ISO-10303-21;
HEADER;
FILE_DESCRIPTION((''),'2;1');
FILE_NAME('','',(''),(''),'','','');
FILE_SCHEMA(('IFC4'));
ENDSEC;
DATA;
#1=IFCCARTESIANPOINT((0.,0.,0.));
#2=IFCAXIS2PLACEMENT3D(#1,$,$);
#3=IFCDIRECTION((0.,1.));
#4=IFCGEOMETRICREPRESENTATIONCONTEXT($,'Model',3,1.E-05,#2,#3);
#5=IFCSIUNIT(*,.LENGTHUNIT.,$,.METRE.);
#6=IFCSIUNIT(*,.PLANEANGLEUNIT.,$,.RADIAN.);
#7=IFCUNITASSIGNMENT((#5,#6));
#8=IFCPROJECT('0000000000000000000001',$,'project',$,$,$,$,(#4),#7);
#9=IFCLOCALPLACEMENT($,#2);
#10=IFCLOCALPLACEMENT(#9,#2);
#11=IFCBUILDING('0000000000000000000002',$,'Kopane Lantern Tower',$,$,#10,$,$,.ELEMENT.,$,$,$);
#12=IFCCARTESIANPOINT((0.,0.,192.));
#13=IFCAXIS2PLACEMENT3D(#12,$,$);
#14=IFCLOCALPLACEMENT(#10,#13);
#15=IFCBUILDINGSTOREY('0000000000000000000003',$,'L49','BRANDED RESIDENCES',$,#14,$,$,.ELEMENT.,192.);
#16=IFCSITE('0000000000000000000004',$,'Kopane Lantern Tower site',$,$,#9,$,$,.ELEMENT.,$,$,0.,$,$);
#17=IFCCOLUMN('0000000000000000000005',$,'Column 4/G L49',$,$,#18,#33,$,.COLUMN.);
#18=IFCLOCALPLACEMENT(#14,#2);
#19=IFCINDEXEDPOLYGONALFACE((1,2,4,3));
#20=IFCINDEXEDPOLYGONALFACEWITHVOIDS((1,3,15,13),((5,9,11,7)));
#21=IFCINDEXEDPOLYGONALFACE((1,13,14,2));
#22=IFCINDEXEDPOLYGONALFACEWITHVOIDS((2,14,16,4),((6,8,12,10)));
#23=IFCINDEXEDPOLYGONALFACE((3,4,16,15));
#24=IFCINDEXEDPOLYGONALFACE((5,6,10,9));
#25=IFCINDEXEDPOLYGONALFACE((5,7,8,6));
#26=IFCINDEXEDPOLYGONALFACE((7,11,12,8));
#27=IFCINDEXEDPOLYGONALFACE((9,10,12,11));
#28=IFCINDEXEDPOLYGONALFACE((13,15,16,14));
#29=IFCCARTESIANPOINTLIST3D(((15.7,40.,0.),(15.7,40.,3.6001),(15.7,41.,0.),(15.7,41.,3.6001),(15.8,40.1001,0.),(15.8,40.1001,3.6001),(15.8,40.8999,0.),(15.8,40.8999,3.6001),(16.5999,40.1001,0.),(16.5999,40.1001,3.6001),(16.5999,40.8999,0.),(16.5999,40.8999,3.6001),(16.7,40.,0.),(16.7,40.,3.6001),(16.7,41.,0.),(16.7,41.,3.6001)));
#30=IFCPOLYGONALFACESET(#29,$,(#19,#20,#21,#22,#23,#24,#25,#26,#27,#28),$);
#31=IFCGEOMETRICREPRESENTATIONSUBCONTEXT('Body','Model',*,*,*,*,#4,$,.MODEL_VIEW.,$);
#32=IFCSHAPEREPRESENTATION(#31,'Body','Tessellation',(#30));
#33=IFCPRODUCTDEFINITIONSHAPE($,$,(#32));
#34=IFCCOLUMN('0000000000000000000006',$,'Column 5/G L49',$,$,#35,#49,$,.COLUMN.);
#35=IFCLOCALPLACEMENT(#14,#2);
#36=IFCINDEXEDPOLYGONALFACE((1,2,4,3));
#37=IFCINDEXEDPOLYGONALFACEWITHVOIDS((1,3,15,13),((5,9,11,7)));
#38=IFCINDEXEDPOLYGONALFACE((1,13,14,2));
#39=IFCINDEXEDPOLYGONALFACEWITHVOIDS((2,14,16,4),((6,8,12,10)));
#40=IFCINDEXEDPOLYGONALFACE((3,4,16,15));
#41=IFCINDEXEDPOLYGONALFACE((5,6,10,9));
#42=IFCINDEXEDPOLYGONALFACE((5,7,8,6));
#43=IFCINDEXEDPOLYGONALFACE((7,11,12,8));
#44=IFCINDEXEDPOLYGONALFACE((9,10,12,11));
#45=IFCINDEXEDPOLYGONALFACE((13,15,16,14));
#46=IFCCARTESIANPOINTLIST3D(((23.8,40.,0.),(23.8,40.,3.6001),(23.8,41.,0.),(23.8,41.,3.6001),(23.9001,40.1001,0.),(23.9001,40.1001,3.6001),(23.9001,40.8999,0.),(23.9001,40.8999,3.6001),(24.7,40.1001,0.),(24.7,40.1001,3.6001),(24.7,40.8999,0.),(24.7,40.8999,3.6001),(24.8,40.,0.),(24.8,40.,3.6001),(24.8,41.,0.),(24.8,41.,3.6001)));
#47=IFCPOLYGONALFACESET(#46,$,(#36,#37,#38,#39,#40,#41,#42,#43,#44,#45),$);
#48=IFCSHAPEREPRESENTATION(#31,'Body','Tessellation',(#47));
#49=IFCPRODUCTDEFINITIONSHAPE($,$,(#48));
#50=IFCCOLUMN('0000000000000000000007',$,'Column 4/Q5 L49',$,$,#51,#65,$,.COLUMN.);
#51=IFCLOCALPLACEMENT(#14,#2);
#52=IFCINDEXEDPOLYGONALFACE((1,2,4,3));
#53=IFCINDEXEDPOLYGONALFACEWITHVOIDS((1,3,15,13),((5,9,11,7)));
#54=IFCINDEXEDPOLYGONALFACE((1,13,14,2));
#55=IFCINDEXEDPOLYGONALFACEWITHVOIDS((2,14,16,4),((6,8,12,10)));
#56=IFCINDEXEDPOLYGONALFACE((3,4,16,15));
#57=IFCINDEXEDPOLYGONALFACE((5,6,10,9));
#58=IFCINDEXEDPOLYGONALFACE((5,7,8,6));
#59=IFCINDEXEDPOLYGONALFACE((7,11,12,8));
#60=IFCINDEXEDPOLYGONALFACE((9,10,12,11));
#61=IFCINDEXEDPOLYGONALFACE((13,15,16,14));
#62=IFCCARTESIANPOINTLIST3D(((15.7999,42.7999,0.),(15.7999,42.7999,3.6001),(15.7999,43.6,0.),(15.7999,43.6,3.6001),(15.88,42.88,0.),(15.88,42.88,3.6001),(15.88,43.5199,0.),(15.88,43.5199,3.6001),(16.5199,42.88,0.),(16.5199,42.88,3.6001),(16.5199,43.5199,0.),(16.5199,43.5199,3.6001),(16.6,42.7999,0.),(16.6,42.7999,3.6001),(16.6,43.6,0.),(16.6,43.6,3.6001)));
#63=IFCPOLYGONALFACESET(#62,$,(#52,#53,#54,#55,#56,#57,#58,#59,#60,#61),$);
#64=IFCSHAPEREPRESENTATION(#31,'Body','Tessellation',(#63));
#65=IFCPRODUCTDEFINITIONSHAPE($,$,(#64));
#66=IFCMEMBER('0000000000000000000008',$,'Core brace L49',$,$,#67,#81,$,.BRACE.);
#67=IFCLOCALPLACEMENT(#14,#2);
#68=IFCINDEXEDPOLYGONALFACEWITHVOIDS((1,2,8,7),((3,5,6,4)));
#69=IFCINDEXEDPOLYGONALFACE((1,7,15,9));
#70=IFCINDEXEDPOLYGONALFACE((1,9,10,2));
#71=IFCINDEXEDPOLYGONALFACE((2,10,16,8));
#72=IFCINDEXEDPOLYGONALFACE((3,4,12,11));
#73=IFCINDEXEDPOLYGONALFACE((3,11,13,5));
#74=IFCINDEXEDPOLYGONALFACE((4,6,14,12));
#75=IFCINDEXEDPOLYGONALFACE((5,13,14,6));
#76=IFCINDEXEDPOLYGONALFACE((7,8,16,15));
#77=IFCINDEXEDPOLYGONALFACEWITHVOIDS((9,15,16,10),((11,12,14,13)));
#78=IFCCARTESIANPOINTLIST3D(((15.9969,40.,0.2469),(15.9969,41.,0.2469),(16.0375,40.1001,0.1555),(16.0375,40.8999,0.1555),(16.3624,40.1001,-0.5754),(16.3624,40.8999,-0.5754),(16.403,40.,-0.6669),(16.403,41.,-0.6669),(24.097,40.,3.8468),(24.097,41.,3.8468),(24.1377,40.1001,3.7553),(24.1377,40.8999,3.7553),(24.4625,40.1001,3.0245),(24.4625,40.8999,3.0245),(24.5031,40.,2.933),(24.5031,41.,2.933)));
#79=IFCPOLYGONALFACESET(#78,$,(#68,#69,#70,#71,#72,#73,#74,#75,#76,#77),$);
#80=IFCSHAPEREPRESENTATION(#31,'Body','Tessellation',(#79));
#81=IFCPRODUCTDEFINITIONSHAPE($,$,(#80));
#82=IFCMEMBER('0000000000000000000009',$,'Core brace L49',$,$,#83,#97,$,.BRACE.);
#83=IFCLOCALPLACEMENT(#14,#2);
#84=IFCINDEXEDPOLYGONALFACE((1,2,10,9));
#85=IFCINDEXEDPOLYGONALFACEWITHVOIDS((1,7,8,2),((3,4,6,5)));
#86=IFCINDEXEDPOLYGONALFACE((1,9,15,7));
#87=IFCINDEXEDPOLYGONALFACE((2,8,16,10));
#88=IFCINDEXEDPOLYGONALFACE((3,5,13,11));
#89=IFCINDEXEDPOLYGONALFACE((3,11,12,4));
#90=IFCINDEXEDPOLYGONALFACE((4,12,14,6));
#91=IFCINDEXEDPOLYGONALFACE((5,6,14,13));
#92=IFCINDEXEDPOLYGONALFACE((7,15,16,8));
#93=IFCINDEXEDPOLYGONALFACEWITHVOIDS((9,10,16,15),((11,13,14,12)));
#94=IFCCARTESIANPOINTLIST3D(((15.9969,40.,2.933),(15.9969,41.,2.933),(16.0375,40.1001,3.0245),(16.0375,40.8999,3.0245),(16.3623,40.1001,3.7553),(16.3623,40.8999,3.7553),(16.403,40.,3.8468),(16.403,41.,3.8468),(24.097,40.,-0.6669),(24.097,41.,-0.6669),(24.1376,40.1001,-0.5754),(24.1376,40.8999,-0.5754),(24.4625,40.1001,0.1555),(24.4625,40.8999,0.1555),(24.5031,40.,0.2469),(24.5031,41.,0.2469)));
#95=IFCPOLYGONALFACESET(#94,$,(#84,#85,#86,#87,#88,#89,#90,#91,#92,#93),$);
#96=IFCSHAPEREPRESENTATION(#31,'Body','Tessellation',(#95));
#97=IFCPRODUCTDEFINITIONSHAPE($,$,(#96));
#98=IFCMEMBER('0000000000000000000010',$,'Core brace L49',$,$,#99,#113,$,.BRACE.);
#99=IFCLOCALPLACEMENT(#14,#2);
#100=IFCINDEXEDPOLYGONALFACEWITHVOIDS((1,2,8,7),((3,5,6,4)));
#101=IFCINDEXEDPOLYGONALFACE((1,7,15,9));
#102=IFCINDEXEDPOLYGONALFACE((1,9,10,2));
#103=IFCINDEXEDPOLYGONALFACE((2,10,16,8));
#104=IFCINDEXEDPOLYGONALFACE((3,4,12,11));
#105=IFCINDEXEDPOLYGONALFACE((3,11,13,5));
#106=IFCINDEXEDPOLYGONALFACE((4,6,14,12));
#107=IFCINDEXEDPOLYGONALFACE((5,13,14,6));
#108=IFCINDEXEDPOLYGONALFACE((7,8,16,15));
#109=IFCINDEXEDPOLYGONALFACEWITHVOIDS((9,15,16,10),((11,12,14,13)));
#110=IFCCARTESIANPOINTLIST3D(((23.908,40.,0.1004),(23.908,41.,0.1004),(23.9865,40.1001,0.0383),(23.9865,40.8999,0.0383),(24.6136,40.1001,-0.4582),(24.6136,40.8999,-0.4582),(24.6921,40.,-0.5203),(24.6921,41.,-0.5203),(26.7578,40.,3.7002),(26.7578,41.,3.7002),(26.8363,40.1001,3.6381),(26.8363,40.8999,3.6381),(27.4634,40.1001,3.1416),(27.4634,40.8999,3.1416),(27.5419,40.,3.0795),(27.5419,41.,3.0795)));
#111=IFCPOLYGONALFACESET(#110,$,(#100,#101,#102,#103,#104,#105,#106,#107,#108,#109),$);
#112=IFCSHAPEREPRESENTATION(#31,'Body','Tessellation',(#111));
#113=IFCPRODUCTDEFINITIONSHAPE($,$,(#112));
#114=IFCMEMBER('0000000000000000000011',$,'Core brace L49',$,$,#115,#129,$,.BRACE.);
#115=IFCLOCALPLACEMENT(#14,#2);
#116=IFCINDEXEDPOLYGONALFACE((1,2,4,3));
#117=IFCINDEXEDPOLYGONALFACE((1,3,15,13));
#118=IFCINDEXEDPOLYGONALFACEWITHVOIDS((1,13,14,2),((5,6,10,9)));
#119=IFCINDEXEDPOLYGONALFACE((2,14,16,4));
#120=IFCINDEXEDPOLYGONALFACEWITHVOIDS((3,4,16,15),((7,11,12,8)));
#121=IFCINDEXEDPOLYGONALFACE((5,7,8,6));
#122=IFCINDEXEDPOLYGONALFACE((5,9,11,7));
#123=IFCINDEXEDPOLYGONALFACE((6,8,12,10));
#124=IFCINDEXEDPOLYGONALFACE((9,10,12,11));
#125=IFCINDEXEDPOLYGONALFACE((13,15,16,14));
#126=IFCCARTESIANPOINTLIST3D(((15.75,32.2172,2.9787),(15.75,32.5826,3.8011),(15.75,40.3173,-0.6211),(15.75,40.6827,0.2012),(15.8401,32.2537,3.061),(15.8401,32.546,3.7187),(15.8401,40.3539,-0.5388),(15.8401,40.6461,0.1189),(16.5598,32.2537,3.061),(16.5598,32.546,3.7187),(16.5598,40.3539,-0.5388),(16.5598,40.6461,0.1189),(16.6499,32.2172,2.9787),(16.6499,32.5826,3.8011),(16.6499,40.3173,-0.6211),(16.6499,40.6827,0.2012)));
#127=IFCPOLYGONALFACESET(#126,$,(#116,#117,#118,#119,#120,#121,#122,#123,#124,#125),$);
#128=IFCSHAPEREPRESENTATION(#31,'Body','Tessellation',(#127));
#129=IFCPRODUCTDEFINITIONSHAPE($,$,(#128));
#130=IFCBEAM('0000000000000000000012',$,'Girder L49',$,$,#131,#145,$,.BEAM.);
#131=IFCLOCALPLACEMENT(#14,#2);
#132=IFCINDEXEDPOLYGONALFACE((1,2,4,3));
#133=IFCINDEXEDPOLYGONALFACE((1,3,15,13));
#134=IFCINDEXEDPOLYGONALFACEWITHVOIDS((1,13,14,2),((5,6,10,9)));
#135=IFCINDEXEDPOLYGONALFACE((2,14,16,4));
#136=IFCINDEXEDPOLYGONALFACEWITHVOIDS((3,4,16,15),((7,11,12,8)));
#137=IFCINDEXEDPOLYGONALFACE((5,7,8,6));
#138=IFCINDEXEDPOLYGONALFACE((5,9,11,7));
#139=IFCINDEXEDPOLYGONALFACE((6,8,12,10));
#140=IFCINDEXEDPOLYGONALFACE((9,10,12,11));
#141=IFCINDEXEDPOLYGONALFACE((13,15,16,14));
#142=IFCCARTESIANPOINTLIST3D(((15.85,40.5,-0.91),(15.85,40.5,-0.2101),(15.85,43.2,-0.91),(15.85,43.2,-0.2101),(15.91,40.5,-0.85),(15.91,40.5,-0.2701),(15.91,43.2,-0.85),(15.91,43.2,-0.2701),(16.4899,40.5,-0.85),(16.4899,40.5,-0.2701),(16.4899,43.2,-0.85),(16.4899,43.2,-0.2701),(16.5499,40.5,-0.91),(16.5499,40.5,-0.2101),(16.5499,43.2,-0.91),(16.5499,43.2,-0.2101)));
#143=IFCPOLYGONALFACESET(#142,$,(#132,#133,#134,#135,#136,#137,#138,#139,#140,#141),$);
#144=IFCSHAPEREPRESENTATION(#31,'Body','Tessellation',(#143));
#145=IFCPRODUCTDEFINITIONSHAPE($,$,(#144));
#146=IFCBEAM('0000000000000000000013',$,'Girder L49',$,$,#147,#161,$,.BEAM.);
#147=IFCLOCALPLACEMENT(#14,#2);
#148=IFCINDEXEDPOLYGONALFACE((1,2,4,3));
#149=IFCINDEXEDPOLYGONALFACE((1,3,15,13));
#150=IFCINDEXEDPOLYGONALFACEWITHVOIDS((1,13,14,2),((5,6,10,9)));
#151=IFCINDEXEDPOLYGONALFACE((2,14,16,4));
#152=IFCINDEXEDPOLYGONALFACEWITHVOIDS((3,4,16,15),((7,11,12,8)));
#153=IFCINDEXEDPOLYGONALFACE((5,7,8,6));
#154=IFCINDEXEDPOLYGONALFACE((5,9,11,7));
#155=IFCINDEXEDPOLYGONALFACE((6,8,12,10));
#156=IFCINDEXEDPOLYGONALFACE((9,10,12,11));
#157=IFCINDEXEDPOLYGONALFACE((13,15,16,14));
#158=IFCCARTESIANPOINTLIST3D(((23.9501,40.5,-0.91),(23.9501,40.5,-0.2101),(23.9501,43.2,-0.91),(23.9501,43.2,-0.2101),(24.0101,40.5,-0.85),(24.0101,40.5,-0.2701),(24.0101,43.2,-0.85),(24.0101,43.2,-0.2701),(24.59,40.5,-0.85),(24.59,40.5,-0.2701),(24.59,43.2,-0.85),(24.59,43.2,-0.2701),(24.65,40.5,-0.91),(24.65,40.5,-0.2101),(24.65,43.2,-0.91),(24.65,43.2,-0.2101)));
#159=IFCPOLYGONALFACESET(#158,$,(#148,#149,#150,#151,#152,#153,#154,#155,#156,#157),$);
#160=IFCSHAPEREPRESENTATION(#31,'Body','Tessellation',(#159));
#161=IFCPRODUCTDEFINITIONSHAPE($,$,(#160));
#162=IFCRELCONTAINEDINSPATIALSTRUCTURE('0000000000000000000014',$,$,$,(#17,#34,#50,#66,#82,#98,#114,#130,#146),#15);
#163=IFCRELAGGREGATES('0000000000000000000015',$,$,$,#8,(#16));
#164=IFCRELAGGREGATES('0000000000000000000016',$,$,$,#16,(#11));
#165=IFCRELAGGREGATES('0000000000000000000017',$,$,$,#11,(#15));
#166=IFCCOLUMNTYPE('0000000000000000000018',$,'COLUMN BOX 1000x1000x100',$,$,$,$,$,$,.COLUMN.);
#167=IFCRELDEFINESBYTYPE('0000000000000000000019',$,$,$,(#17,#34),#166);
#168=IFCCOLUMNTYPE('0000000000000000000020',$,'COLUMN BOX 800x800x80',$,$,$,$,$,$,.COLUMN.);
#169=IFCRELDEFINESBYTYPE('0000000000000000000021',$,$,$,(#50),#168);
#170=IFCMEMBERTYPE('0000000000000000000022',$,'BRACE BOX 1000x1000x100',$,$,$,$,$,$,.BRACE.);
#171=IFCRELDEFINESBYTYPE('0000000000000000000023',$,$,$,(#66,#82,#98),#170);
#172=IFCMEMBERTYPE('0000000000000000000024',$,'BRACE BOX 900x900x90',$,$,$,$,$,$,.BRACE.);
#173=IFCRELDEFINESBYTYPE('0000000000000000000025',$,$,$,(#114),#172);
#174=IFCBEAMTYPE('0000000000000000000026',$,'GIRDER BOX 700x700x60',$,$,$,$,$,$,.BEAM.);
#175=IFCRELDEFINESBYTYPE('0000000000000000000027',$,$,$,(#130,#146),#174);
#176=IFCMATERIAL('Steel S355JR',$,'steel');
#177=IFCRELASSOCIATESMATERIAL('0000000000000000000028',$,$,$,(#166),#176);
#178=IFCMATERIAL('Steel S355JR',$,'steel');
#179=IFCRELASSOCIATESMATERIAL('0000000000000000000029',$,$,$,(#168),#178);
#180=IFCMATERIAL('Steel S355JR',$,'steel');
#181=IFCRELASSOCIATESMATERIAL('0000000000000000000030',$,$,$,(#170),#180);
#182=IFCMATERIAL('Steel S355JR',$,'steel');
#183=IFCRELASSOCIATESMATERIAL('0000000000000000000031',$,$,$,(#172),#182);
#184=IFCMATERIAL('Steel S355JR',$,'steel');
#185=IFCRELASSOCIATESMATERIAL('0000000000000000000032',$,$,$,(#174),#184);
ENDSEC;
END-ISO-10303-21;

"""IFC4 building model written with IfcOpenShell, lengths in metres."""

from ifc_helpers import new_model, si_unit, direction, frame, origin, origin_2d, place, context, subcontext, project, spatial, hollow_rectangle, extrude, material, material_profile, profile_set, type_object, element, save


model = new_model("IFC4")

# Units and contexts
model_context = context("Model", 3, precision=1e-05, world=origin(), true_north=direction((0.0, 1.0)))
body_context = subcontext(model_context, "Body", "Model", "MODEL_VIEW")
ifc_project = project(units=[si_unit("LENGTHUNIT", "METRE"), si_unit("PLANEANGLEUNIT", "RADIAN")], contexts=[model_context])

# Site, building, storey
site_placement = place(None, origin())
site = spatial("IfcSite", under=ifc_project, at=site_placement, Name="Kopane Lantern Tower site", CompositionType="ELEMENT", RefElevation=0.0)
building_placement = place(site_placement, origin())
building = spatial("IfcBuilding", under=site, at=building_placement, Name="Kopane Lantern Tower", CompositionType="ELEMENT")
storey_placement = place(building_placement, frame((0.0, 0.0, 192.0)))
storey = spatial("IfcBuildingStorey", under=building, at=storey_placement, Name="L49", Description="BRANDED RESIDENCES", CompositionType="ELEMENT", Elevation=192.0)

# Columns
ifc_material_1 = material(Name="Steel S355JR", Category="steel")
ifc_material_profile_1 = material_profile(ifc_material_1, hollow_rectangle(XDim=1.0, YDim=1.0, WallThickness=0.1001, at=origin_2d()), Name="BOX 1000x1000x100")
ifc_profile_set_1 = profile_set([ifc_material_profile_1], Name="Steel S355JR")
column_type_1 = type_object("IfcColumnType", Name="COLUMN BOX 1000x1000x100", PredefinedType="COLUMN", material=ifc_profile_set_1)
for number, where, z_axis, x_axis, name in (
    (1, (16.2, 40.5, 0.0), (0.0, 0.0, 1.0), (1.0, 0.0, 0.0), "Column 4/G L49"),
    (2, (24.3, 40.5, 0.0), (0.0, 0.0, 1.0), (1.0, 0.0, 0.0), "Column 5/G L49"),
):
    element("IfcColumn", number, at=place(storey_placement, frame(where, z_axis=z_axis, x_axis=x_axis)), inside=storey, type_object=column_type_1, Name=name, PredefinedType="COLUMN", context=body_context, shape_type="SweptSolid", body=[
        extrude(hollow_rectangle(XDim=1.0, YDim=1.0, WallThickness=0.1001, at=origin_2d()), origin(), (0.0, 0.0, 1.0), 3.6001),
    ])
ifc_material_2 = material(Name="Steel S355JR", Category="steel")
ifc_material_profile_2 = material_profile(ifc_material_2, hollow_rectangle(XDim=0.8, YDim=0.8, WallThickness=0.0801, at=origin_2d()), Name="BOX 800x800x80")
ifc_profile_set_2 = profile_set([ifc_material_profile_2], Name="Steel S355JR")
column_type_2 = type_object("IfcColumnType", Name="COLUMN BOX 800x800x80", PredefinedType="COLUMN", material=ifc_profile_set_2)
column_placement = place(storey_placement, frame((16.2, 43.2, 0.0), z_axis=(0.0, 0.0, 1.0), x_axis=(1.0, 0.0, 0.0)))
element("IfcColumn", 3, at=column_placement, inside=storey, type_object=column_type_2, Name="Column 4/Q5 L49", PredefinedType="COLUMN", context=body_context, shape_type="SweptSolid", body=[
    extrude(hollow_rectangle(XDim=0.8, YDim=0.8, WallThickness=0.0801, at=origin_2d()), origin(), (0.0, 0.0, 1.0), 3.6001),
])

# Members
ifc_material_3 = material(Name="Steel S355JR", Category="steel")
ifc_material_profile_3 = material_profile(ifc_material_3, hollow_rectangle(XDim=1.0, YDim=1.0, WallThickness=0.1001, at=origin_2d()), Name="BOX 1000x1000x100")
ifc_profile_set_3 = profile_set([ifc_material_profile_3], Name="Steel S355JR")
member_type_1 = type_object("IfcMemberType", Name="BRACE BOX 1000x1000x100", PredefinedType="BRACE", material=ifc_profile_set_3)
for number, where, z_axis, x_axis, name in (
    (4, (16.2, 40.5, -0.21), (0.913819, 0.0, 0.406121), (0.0, 1.0, 0.0), "Core brace L49"),
    (5, (24.3, 40.5, -0.21), (-0.913819, 0.0, 0.406121), (0.0, -1.0, 0.0), "Core brace L49"),
):
    element("IfcMember", number, at=place(storey_placement, frame(where, z_axis=z_axis, x_axis=x_axis)), inside=storey, type_object=member_type_1, Name=name, PredefinedType="BRACE", context=body_context, shape_type="SweptSolid", body=[
        extrude(hollow_rectangle(XDim=1.0, YDim=1.0, WallThickness=0.1001, at=origin_2d()), origin(), (0.0, 0.0, 1.0), 8.864),
    ])
member_1_placement = place(storey_placement, frame((24.3, 40.5, -0.21), z_axis=(0.620699, 0.0, 0.784049), x_axis=(0.0, 1.0, 0.0)))
element("IfcMember", 6, at=member_1_placement, inside=storey, type_object=member_type_1, Name="Core brace L49", PredefinedType="BRACE", context=body_context, shape_type="SweptSolid", body=[
    extrude(hollow_rectangle(XDim=1.0, YDim=1.0, WallThickness=0.1001, at=origin_2d()), origin(), (0.0, 0.0, 1.0), 4.5913),
])
ifc_material_4 = material(Name="Steel S355JR", Category="steel")
ifc_material_profile_4 = material_profile(ifc_material_4, hollow_rectangle(XDim=0.8999, YDim=0.8999, WallThickness=0.0901, at=origin_2d()), Name="BOX 900x900x90")
ifc_profile_set_4 = profile_set([ifc_material_profile_4], Name="Steel S355JR")
member_type_2 = type_object("IfcMemberType", Name="BRACE BOX 900x900x90", PredefinedType="BRACE", material=ifc_profile_set_4)
member_2_placement = place(storey_placement, frame((16.2, 40.5, -0.21), z_axis=(0.0, -0.913819, 0.406121), x_axis=(1.0, 0.0, 0.0)))
element("IfcMember", 7, at=member_2_placement, inside=storey, type_object=member_type_2, Name="Core brace L49", PredefinedType="BRACE", context=body_context, shape_type="SweptSolid", body=[
    extrude(hollow_rectangle(XDim=0.8999, YDim=0.8999, WallThickness=0.0901, at=origin_2d()), origin(), (0.0, 0.0, 1.0), 8.864),
])

# Beams
ifc_material_5 = material(Name="Steel S355JR", Category="steel")
ifc_material_profile_5 = material_profile(ifc_material_5, hollow_rectangle(XDim=0.7, YDim=0.7, WallThickness=0.0601, at=origin_2d()), Name="BOX 700x700x60")
ifc_profile_set_5 = profile_set([ifc_material_profile_5], Name="Steel S355JR")
beam_type_1 = type_object("IfcBeamType", Name="GIRDER BOX 700x700x60", PredefinedType="BEAM", material=ifc_profile_set_5)
for number, where, z_axis, x_axis, name in (
    (8, (16.2, 40.5, -0.5601), (0.0, 1.0, 0.0), (-1.0, 0.0, 0.0), "Girder L49"),
    (9, (24.3, 40.5, -0.5601), (0.0, 1.0, 0.0), (-1.0, 0.0, 0.0), "Girder L49"),
):
    element("IfcBeam", number, at=place(storey_placement, frame(where, z_axis=z_axis, x_axis=x_axis)), inside=storey, type_object=beam_type_1, Name=name, PredefinedType="BEAM", context=body_context, shape_type="SweptSolid", body=[
        extrude(hollow_rectangle(XDim=0.7, YDim=0.7, WallThickness=0.0601, at=origin_2d()), origin(), (0.0, 0.0, 1.0), 2.7),
    ])

save(model, "model.ifc")
